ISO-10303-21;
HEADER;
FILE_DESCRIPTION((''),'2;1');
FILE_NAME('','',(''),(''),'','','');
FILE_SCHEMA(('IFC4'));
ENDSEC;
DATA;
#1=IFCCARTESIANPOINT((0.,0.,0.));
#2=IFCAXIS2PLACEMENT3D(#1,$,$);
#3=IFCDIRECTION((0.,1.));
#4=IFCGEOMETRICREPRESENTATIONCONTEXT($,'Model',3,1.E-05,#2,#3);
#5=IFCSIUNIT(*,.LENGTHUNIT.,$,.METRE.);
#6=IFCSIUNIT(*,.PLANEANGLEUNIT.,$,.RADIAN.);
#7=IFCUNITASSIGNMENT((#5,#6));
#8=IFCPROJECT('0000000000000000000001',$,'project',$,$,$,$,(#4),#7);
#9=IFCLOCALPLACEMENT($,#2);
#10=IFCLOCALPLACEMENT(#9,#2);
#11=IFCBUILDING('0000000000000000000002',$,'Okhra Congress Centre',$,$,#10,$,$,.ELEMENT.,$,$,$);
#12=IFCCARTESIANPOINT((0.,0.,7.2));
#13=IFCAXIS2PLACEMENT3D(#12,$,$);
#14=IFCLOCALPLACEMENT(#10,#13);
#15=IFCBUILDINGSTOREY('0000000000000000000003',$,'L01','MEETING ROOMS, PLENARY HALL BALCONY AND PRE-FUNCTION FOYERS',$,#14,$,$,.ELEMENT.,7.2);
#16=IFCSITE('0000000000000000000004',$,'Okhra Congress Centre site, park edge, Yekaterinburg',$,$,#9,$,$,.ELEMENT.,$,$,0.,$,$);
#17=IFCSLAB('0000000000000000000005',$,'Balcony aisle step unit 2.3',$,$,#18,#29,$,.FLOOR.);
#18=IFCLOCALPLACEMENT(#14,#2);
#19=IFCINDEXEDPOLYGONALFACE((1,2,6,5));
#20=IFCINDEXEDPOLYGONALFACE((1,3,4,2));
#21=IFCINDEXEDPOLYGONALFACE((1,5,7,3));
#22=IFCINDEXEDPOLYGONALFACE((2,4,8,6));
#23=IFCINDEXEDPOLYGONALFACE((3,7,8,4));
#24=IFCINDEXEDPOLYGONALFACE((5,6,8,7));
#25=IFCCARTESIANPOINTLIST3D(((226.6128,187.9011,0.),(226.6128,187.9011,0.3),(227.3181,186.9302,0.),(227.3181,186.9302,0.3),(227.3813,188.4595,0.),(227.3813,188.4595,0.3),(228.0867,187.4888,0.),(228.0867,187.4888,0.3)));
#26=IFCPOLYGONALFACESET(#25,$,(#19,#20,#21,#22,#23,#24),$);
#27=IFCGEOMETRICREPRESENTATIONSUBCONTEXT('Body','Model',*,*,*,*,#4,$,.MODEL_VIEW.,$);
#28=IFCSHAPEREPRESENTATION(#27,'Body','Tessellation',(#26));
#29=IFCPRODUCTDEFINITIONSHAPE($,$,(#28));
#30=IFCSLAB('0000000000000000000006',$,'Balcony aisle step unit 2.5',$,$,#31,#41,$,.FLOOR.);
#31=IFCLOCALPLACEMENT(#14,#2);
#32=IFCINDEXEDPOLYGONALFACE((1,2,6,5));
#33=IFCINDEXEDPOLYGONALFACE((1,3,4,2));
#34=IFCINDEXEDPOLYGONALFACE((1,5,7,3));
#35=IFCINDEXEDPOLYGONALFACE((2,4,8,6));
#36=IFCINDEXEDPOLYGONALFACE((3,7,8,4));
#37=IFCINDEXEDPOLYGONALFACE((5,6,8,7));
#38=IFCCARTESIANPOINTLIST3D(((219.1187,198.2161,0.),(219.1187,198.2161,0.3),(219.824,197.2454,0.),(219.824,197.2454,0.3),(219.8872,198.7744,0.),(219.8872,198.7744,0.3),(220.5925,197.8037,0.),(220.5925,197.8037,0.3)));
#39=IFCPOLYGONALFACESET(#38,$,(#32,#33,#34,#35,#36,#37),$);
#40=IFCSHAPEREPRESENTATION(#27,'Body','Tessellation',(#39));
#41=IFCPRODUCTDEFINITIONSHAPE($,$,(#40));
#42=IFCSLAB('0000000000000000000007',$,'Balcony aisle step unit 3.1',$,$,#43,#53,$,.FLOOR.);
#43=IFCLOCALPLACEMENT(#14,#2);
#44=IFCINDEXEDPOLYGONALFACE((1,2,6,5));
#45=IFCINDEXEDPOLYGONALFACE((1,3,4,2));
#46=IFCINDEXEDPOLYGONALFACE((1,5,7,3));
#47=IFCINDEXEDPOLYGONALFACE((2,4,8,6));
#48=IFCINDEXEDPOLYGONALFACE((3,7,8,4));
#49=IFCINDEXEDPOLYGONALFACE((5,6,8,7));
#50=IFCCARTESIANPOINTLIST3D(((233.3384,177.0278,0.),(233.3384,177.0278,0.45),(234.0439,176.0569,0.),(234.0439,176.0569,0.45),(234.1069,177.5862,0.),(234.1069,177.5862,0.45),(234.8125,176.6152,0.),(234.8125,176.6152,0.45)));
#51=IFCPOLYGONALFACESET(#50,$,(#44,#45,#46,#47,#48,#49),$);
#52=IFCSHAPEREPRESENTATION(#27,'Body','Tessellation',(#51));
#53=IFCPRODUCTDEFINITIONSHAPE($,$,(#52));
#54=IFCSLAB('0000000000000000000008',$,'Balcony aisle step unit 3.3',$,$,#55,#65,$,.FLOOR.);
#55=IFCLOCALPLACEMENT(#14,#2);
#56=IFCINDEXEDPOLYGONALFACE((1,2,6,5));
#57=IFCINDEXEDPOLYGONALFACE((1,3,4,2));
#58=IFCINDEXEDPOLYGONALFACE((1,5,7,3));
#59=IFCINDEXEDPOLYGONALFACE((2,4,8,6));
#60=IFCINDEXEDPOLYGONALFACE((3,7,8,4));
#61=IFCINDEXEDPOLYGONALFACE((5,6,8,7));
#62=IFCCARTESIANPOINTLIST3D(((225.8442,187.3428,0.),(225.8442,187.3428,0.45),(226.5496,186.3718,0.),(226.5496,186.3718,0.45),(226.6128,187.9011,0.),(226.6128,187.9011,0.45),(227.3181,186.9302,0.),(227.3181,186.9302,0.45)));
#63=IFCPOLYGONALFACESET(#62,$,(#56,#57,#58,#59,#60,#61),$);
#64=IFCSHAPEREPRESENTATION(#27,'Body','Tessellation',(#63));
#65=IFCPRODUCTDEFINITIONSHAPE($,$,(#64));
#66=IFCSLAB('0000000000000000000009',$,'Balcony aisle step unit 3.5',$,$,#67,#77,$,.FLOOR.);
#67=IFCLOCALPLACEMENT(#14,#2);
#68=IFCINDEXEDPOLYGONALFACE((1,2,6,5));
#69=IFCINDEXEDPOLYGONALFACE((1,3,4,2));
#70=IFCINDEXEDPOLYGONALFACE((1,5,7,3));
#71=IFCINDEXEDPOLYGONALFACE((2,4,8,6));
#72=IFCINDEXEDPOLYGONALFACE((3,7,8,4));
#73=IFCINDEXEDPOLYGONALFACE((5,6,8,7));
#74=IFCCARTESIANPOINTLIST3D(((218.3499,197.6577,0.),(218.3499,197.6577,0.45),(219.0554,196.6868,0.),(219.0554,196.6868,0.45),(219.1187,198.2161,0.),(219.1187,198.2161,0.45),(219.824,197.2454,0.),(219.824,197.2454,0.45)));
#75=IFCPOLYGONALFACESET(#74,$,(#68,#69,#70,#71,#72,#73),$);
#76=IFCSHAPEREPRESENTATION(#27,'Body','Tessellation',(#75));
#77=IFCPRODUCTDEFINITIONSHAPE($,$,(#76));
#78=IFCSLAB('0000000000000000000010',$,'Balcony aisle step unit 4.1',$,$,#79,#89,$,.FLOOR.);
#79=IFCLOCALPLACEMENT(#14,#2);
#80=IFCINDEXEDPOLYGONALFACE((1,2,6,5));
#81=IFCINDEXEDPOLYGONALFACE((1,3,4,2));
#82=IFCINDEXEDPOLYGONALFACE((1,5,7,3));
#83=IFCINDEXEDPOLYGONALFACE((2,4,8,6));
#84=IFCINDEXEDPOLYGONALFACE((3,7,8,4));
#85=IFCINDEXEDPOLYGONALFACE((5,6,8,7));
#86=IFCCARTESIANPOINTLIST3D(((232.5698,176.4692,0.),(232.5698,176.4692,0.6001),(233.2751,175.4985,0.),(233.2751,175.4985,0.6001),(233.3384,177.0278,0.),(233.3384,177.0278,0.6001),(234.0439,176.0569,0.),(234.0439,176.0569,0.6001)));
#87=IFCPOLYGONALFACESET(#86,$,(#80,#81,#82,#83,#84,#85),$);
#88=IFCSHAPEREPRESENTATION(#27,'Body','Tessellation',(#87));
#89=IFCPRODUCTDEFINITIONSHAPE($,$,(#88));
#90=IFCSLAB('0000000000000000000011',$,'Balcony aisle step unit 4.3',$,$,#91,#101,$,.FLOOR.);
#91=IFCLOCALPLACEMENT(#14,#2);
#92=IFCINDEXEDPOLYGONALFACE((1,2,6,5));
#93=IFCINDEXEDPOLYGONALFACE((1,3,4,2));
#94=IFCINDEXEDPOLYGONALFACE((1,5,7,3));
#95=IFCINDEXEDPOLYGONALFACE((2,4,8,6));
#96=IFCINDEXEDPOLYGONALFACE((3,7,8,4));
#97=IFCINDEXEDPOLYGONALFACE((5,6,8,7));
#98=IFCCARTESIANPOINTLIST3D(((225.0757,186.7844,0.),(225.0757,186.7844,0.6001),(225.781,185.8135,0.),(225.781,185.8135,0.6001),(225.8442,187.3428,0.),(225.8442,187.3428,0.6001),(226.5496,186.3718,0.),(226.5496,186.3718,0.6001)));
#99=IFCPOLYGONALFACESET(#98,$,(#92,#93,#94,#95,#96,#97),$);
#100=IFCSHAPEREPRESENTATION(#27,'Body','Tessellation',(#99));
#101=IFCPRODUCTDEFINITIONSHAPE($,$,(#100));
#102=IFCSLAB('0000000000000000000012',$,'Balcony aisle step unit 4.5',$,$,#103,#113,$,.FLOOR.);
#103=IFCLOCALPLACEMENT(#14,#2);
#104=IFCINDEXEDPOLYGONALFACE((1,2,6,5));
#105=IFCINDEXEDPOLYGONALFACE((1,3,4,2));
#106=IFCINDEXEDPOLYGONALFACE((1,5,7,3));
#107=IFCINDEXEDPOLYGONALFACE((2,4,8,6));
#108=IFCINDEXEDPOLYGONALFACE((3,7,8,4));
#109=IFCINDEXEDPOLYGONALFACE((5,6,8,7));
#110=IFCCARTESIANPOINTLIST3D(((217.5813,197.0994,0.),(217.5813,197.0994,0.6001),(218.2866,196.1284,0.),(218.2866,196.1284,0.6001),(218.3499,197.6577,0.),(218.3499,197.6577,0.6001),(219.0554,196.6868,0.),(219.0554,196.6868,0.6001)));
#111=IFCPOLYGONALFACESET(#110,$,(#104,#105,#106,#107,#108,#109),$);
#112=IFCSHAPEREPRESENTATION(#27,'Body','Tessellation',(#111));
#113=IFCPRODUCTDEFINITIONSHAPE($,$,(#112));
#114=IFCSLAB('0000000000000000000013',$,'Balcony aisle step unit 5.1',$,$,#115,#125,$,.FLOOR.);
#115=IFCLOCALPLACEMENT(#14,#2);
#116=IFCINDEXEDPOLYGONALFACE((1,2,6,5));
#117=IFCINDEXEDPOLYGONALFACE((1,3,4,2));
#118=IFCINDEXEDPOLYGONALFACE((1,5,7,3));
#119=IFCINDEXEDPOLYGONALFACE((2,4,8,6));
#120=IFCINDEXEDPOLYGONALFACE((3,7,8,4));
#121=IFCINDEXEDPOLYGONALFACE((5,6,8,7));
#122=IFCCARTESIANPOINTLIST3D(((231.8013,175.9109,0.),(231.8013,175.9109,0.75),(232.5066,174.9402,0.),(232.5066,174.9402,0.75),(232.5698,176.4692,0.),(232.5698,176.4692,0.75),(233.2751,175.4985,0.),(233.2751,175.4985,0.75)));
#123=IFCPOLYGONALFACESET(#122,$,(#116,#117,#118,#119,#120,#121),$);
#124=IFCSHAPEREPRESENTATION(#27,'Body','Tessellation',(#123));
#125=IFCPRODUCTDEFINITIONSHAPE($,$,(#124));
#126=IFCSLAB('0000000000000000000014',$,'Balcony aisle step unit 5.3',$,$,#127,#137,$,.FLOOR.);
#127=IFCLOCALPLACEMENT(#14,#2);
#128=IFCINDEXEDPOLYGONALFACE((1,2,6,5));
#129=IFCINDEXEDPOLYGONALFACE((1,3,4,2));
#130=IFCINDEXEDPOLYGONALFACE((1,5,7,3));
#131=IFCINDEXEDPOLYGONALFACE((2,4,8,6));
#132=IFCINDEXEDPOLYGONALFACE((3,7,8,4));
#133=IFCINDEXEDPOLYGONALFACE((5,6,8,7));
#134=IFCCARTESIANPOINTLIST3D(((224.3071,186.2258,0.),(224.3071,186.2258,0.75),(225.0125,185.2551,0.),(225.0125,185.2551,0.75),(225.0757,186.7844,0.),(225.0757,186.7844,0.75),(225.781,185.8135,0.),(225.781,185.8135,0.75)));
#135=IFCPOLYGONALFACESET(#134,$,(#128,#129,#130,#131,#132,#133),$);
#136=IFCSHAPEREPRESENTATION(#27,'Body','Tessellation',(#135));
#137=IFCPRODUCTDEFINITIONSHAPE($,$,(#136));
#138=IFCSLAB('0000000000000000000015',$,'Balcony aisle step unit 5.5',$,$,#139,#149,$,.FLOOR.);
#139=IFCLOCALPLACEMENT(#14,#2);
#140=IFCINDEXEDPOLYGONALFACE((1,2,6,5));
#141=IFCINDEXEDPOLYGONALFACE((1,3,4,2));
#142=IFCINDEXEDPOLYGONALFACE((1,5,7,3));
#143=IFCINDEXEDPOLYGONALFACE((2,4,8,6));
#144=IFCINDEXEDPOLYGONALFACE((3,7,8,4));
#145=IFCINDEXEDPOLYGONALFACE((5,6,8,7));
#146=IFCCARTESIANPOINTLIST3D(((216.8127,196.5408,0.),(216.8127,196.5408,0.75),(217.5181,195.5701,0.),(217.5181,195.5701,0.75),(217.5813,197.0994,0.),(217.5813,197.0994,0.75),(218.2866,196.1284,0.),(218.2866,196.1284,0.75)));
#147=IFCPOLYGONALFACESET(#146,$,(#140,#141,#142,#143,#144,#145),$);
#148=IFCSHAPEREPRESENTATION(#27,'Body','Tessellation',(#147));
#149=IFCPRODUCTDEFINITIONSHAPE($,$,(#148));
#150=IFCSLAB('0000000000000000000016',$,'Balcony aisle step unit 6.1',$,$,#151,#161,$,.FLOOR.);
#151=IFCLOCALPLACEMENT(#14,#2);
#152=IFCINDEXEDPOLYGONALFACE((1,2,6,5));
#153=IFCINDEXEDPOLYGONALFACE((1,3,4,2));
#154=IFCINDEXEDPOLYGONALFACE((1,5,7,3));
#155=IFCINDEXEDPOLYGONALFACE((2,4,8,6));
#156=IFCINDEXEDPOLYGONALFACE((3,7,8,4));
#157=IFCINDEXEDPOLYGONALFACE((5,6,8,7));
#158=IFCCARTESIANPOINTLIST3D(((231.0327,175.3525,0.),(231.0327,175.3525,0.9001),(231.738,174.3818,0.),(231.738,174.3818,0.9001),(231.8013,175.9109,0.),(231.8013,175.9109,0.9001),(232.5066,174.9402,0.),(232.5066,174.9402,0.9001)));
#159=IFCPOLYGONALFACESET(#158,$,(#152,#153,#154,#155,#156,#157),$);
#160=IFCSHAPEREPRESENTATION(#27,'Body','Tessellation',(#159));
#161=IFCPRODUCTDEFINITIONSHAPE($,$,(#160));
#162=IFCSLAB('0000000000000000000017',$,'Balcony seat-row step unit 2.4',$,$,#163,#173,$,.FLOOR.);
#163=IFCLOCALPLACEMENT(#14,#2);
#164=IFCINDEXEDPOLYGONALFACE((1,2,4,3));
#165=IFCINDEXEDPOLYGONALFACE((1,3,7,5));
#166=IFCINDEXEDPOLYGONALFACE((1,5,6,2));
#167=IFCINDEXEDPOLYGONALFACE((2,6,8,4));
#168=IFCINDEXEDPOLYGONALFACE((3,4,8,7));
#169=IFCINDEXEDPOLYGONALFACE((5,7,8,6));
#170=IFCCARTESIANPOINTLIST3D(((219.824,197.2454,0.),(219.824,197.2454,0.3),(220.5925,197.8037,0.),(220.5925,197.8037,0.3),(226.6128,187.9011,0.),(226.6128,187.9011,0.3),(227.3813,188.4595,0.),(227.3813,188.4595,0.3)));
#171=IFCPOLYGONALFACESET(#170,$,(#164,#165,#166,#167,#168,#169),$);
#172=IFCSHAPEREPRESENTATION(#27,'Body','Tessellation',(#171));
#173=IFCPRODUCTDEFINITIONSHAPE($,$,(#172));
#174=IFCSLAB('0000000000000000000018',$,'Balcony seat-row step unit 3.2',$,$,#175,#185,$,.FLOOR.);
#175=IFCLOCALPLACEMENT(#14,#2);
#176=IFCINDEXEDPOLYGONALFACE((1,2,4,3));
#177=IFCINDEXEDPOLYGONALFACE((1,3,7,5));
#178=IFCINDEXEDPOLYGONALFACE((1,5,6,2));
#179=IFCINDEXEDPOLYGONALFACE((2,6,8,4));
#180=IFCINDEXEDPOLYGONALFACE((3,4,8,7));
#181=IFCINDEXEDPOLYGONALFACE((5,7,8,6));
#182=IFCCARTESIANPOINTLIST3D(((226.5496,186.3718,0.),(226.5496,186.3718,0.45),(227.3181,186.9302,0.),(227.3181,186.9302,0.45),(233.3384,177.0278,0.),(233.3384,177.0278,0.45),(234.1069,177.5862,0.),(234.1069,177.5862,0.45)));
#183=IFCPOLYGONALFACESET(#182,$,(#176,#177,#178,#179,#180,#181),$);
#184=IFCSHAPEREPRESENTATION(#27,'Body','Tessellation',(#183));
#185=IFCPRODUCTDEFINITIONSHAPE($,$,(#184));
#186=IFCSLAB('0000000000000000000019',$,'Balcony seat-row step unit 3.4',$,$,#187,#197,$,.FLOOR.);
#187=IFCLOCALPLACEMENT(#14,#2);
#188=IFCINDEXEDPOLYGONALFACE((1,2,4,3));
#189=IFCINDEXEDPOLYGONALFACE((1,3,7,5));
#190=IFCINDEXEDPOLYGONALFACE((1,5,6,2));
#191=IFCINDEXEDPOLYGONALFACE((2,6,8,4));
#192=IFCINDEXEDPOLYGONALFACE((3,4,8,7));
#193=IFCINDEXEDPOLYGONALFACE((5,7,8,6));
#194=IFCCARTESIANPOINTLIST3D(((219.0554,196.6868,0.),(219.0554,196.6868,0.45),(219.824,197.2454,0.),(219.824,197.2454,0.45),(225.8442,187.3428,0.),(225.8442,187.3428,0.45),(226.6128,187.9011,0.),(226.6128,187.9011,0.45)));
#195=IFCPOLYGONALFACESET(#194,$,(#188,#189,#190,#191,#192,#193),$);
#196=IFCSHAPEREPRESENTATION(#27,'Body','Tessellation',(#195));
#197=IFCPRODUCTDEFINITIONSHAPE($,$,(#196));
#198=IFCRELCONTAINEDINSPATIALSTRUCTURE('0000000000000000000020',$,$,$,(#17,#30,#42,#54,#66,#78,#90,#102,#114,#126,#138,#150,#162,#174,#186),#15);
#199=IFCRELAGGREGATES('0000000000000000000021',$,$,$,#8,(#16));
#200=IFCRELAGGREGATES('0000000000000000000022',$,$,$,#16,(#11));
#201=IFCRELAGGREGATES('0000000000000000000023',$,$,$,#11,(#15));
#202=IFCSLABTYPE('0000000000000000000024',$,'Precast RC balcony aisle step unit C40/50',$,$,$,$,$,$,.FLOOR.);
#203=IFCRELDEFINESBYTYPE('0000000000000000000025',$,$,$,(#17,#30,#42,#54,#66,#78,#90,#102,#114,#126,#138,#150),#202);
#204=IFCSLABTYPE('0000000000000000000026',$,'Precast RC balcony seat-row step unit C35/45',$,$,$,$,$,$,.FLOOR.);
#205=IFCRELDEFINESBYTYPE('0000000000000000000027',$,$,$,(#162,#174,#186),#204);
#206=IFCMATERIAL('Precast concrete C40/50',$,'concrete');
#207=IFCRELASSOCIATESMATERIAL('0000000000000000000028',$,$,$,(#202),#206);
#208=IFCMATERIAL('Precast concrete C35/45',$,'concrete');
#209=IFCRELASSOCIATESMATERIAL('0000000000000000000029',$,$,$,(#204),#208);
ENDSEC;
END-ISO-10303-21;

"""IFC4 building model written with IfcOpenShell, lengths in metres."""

from ifc_helpers import new_model, si_unit, direction, frame, origin, place, context, subcontext, project, spatial, polyline, outline, extrude, material, type_object, element, save


model = new_model("IFC4")

# Units and contexts
model_context = context("Model", 3, precision=1e-05, world=origin(), true_north=direction((0.0, 1.0)))
body_context = subcontext(model_context, "Body", "Model", "MODEL_VIEW")
ifc_project = project(units=[si_unit("LENGTHUNIT", "METRE"), si_unit("PLANEANGLEUNIT", "RADIAN")], contexts=[model_context])

# Site, building, storey
site_placement = place(None, origin())
site = spatial("IfcSite", under=ifc_project, at=site_placement, Name="Okhra Congress Centre site, park edge, Yekaterinburg", CompositionType="ELEMENT", RefElevation=0.0)
building_placement = place(site_placement, origin())
building = spatial("IfcBuilding", under=site, at=building_placement, Name="Okhra Congress Centre", CompositionType="ELEMENT")
storey_placement = place(building_placement, frame((0.0, 0.0, 7.2)))
storey = spatial("IfcBuildingStorey", under=building, at=storey_placement, Name="L01", Description="MEETING ROOMS, PLENARY HALL BALCONY AND PRE-FUNCTION FOYERS", CompositionType="ELEMENT", Elevation=7.2)

# Slabs
ifc_material_1 = material(Name="Precast concrete C40/50", Category="concrete")
slab_type_1 = type_object("IfcSlabType", Name="Precast RC balcony aisle step unit C40/50", PredefinedType="FLOOR", material=ifc_material_1)
slab_1_placement = place(storey_placement, origin())
element("IfcSlab", 1, at=slab_1_placement, inside=storey, type_object=slab_type_1, Name="Balcony aisle step unit 2.3", PredefinedType="FLOOR", context=body_context, shape_type="SweptSolid", body=[
    extrude(outline(polyline([(227.3181, 186.9302), (228.0867, 187.4888), (227.3813, 188.4595), (226.6128, 187.9011), (227.3181, 186.9302)])), origin(), (0.0, 0.0, 1.0), 0.3),
])
slab_2_placement = place(storey_placement, origin())
element("IfcSlab", 2, at=slab_2_placement, inside=storey, type_object=slab_type_1, Name="Balcony aisle step unit 2.5", PredefinedType="FLOOR", context=body_context, shape_type="SweptSolid", body=[
    extrude(outline(polyline([(219.824, 197.2454), (220.5925, 197.8037), (219.8872, 198.7744), (219.1187, 198.2161), (219.824, 197.2454)])), origin(), (0.0, 0.0, 1.0), 0.3),
])
slab_3_placement = place(storey_placement, origin())
element("IfcSlab", 3, at=slab_3_placement, inside=storey, type_object=slab_type_1, Name="Balcony aisle step unit 3.1", PredefinedType="FLOOR", context=body_context, shape_type="SweptSolid", body=[
    extrude(outline(polyline([(234.0439, 176.0569), (234.8125, 176.6152), (234.1069, 177.5862), (233.3384, 177.0278), (234.0439, 176.0569)])), origin(), (0.0, 0.0, 1.0), 0.45),
])
slab_4_placement = place(storey_placement, origin())
element("IfcSlab", 4, at=slab_4_placement, inside=storey, type_object=slab_type_1, Name="Balcony aisle step unit 3.3", PredefinedType="FLOOR", context=body_context, shape_type="SweptSolid", body=[
    extrude(outline(polyline([(226.5496, 186.3718), (227.3181, 186.9302), (226.6128, 187.9011), (225.8442, 187.3428), (226.5496, 186.3718)])), origin(), (0.0, 0.0, 1.0), 0.45),
])
slab_5_placement = place(storey_placement, origin())
element("IfcSlab", 5, at=slab_5_placement, inside=storey, type_object=slab_type_1, Name="Balcony aisle step unit 3.5", PredefinedType="FLOOR", context=body_context, shape_type="SweptSolid", body=[
    extrude(outline(polyline([(219.0554, 196.6868), (219.824, 197.2454), (219.1187, 198.2161), (218.3499, 197.6577), (219.0554, 196.6868)])), origin(), (0.0, 0.0, 1.0), 0.45),
])
slab_6_placement = place(storey_placement, origin())
element("IfcSlab", 6, at=slab_6_placement, inside=storey, type_object=slab_type_1, Name="Balcony aisle step unit 4.1", PredefinedType="FLOOR", context=body_context, shape_type="SweptSolid", body=[
    extrude(outline(polyline([(233.2751, 175.4985), (234.0439, 176.0569), (233.3384, 177.0278), (232.5698, 176.4692), (233.2751, 175.4985)])), origin(), (0.0, 0.0, 1.0), 0.6001),
])
slab_7_placement = place(storey_placement, origin())
element("IfcSlab", 7, at=slab_7_placement, inside=storey, type_object=slab_type_1, Name="Balcony aisle step unit 4.3", PredefinedType="FLOOR", context=body_context, shape_type="SweptSolid", body=[
    extrude(outline(polyline([(225.781, 185.8135), (226.5496, 186.3718), (225.8442, 187.3428), (225.0757, 186.7844), (225.781, 185.8135)])), origin(), (0.0, 0.0, 1.0), 0.6001),
])
slab_8_placement = place(storey_placement, origin())
element("IfcSlab", 8, at=slab_8_placement, inside=storey, type_object=slab_type_1, Name="Balcony aisle step unit 4.5", PredefinedType="FLOOR", context=body_context, shape_type="SweptSolid", body=[
    extrude(outline(polyline([(218.2866, 196.1284), (219.0554, 196.6868), (218.3499, 197.6577), (217.5813, 197.0994), (218.2866, 196.1284)])), origin(), (0.0, 0.0, 1.0), 0.6001),
])
slab_9_placement = place(storey_placement, origin())
element("IfcSlab", 9, at=slab_9_placement, inside=storey, type_object=slab_type_1, Name="Balcony aisle step unit 5.1", PredefinedType="FLOOR", context=body_context, shape_type="SweptSolid", body=[
    extrude(outline(polyline([(232.5066, 174.9402), (233.2751, 175.4985), (232.5698, 176.4692), (231.8013, 175.9109), (232.5066, 174.9402)])), origin(), (0.0, 0.0, 1.0), 0.75),
])
slab_10_placement = place(storey_placement, origin())
element("IfcSlab", 10, at=slab_10_placement, inside=storey, type_object=slab_type_1, Name="Balcony aisle step unit 5.3", PredefinedType="FLOOR", context=body_context, shape_type="SweptSolid", body=[
    extrude(outline(polyline([(225.0125, 185.2551), (225.781, 185.8135), (225.0757, 186.7844), (224.3071, 186.2258), (225.0125, 185.2551)])), origin(), (0.0, 0.0, 1.0), 0.75),
])
slab_11_placement = place(storey_placement, origin())
element("IfcSlab", 11, at=slab_11_placement, inside=storey, type_object=slab_type_1, Name="Balcony aisle step unit 5.5", PredefinedType="FLOOR", context=body_context, shape_type="SweptSolid", body=[
    extrude(outline(polyline([(217.5181, 195.5701), (218.2866, 196.1284), (217.5813, 197.0994), (216.8127, 196.5408), (217.5181, 195.5701)])), origin(), (0.0, 0.0, 1.0), 0.75),
])
slab_12_placement = place(storey_placement, origin())
element("IfcSlab", 12, at=slab_12_placement, inside=storey, type_object=slab_type_1, Name="Balcony aisle step unit 6.1", PredefinedType="FLOOR", context=body_context, shape_type="SweptSolid", body=[
    extrude(outline(polyline([(231.738, 174.3818), (232.5066, 174.9402), (231.8013, 175.9109), (231.0327, 175.3525), (231.738, 174.3818)])), origin(), (0.0, 0.0, 1.0), 0.9001),
])
ifc_material_2 = material(Name="Precast concrete C35/45", Category="concrete")
slab_type_2 = type_object("IfcSlabType", Name="Precast RC balcony seat-row step unit C35/45", PredefinedType="FLOOR", material=ifc_material_2)
slab_13_placement = place(storey_placement, origin())
element("IfcSlab", 13, at=slab_13_placement, inside=storey, type_object=slab_type_2, Name="Balcony seat-row step unit 2.4", PredefinedType="FLOOR", context=body_context, shape_type="SweptSolid", body=[
    extrude(outline(polyline([(226.6128, 187.9011), (227.3813, 188.4595), (220.5925, 197.8037), (219.824, 197.2454), (226.6128, 187.9011)])), origin(), (0.0, 0.0, 1.0), 0.3),
])
slab_14_placement = place(storey_placement, origin())
element("IfcSlab", 14, at=slab_14_placement, inside=storey, type_object=slab_type_2, Name="Balcony seat-row step unit 3.2", PredefinedType="FLOOR", context=body_context, shape_type="SweptSolid", body=[
    extrude(outline(polyline([(233.3384, 177.0278), (234.1069, 177.5862), (227.3181, 186.9302), (226.5496, 186.3718), (233.3384, 177.0278)])), origin(), (0.0, 0.0, 1.0), 0.45),
])
slab_15_placement = place(storey_placement, origin())
element("IfcSlab", 15, at=slab_15_placement, inside=storey, type_object=slab_type_2, Name="Balcony seat-row step unit 3.4", PredefinedType="FLOOR", context=body_context, shape_type="SweptSolid", body=[
    extrude(outline(polyline([(225.8442, 187.3428), (226.6128, 187.9011), (219.824, 197.2454), (219.0554, 196.6868), (225.8442, 187.3428)])), origin(), (0.0, 0.0, 1.0), 0.45),
])

save(model, "model.ifc")
